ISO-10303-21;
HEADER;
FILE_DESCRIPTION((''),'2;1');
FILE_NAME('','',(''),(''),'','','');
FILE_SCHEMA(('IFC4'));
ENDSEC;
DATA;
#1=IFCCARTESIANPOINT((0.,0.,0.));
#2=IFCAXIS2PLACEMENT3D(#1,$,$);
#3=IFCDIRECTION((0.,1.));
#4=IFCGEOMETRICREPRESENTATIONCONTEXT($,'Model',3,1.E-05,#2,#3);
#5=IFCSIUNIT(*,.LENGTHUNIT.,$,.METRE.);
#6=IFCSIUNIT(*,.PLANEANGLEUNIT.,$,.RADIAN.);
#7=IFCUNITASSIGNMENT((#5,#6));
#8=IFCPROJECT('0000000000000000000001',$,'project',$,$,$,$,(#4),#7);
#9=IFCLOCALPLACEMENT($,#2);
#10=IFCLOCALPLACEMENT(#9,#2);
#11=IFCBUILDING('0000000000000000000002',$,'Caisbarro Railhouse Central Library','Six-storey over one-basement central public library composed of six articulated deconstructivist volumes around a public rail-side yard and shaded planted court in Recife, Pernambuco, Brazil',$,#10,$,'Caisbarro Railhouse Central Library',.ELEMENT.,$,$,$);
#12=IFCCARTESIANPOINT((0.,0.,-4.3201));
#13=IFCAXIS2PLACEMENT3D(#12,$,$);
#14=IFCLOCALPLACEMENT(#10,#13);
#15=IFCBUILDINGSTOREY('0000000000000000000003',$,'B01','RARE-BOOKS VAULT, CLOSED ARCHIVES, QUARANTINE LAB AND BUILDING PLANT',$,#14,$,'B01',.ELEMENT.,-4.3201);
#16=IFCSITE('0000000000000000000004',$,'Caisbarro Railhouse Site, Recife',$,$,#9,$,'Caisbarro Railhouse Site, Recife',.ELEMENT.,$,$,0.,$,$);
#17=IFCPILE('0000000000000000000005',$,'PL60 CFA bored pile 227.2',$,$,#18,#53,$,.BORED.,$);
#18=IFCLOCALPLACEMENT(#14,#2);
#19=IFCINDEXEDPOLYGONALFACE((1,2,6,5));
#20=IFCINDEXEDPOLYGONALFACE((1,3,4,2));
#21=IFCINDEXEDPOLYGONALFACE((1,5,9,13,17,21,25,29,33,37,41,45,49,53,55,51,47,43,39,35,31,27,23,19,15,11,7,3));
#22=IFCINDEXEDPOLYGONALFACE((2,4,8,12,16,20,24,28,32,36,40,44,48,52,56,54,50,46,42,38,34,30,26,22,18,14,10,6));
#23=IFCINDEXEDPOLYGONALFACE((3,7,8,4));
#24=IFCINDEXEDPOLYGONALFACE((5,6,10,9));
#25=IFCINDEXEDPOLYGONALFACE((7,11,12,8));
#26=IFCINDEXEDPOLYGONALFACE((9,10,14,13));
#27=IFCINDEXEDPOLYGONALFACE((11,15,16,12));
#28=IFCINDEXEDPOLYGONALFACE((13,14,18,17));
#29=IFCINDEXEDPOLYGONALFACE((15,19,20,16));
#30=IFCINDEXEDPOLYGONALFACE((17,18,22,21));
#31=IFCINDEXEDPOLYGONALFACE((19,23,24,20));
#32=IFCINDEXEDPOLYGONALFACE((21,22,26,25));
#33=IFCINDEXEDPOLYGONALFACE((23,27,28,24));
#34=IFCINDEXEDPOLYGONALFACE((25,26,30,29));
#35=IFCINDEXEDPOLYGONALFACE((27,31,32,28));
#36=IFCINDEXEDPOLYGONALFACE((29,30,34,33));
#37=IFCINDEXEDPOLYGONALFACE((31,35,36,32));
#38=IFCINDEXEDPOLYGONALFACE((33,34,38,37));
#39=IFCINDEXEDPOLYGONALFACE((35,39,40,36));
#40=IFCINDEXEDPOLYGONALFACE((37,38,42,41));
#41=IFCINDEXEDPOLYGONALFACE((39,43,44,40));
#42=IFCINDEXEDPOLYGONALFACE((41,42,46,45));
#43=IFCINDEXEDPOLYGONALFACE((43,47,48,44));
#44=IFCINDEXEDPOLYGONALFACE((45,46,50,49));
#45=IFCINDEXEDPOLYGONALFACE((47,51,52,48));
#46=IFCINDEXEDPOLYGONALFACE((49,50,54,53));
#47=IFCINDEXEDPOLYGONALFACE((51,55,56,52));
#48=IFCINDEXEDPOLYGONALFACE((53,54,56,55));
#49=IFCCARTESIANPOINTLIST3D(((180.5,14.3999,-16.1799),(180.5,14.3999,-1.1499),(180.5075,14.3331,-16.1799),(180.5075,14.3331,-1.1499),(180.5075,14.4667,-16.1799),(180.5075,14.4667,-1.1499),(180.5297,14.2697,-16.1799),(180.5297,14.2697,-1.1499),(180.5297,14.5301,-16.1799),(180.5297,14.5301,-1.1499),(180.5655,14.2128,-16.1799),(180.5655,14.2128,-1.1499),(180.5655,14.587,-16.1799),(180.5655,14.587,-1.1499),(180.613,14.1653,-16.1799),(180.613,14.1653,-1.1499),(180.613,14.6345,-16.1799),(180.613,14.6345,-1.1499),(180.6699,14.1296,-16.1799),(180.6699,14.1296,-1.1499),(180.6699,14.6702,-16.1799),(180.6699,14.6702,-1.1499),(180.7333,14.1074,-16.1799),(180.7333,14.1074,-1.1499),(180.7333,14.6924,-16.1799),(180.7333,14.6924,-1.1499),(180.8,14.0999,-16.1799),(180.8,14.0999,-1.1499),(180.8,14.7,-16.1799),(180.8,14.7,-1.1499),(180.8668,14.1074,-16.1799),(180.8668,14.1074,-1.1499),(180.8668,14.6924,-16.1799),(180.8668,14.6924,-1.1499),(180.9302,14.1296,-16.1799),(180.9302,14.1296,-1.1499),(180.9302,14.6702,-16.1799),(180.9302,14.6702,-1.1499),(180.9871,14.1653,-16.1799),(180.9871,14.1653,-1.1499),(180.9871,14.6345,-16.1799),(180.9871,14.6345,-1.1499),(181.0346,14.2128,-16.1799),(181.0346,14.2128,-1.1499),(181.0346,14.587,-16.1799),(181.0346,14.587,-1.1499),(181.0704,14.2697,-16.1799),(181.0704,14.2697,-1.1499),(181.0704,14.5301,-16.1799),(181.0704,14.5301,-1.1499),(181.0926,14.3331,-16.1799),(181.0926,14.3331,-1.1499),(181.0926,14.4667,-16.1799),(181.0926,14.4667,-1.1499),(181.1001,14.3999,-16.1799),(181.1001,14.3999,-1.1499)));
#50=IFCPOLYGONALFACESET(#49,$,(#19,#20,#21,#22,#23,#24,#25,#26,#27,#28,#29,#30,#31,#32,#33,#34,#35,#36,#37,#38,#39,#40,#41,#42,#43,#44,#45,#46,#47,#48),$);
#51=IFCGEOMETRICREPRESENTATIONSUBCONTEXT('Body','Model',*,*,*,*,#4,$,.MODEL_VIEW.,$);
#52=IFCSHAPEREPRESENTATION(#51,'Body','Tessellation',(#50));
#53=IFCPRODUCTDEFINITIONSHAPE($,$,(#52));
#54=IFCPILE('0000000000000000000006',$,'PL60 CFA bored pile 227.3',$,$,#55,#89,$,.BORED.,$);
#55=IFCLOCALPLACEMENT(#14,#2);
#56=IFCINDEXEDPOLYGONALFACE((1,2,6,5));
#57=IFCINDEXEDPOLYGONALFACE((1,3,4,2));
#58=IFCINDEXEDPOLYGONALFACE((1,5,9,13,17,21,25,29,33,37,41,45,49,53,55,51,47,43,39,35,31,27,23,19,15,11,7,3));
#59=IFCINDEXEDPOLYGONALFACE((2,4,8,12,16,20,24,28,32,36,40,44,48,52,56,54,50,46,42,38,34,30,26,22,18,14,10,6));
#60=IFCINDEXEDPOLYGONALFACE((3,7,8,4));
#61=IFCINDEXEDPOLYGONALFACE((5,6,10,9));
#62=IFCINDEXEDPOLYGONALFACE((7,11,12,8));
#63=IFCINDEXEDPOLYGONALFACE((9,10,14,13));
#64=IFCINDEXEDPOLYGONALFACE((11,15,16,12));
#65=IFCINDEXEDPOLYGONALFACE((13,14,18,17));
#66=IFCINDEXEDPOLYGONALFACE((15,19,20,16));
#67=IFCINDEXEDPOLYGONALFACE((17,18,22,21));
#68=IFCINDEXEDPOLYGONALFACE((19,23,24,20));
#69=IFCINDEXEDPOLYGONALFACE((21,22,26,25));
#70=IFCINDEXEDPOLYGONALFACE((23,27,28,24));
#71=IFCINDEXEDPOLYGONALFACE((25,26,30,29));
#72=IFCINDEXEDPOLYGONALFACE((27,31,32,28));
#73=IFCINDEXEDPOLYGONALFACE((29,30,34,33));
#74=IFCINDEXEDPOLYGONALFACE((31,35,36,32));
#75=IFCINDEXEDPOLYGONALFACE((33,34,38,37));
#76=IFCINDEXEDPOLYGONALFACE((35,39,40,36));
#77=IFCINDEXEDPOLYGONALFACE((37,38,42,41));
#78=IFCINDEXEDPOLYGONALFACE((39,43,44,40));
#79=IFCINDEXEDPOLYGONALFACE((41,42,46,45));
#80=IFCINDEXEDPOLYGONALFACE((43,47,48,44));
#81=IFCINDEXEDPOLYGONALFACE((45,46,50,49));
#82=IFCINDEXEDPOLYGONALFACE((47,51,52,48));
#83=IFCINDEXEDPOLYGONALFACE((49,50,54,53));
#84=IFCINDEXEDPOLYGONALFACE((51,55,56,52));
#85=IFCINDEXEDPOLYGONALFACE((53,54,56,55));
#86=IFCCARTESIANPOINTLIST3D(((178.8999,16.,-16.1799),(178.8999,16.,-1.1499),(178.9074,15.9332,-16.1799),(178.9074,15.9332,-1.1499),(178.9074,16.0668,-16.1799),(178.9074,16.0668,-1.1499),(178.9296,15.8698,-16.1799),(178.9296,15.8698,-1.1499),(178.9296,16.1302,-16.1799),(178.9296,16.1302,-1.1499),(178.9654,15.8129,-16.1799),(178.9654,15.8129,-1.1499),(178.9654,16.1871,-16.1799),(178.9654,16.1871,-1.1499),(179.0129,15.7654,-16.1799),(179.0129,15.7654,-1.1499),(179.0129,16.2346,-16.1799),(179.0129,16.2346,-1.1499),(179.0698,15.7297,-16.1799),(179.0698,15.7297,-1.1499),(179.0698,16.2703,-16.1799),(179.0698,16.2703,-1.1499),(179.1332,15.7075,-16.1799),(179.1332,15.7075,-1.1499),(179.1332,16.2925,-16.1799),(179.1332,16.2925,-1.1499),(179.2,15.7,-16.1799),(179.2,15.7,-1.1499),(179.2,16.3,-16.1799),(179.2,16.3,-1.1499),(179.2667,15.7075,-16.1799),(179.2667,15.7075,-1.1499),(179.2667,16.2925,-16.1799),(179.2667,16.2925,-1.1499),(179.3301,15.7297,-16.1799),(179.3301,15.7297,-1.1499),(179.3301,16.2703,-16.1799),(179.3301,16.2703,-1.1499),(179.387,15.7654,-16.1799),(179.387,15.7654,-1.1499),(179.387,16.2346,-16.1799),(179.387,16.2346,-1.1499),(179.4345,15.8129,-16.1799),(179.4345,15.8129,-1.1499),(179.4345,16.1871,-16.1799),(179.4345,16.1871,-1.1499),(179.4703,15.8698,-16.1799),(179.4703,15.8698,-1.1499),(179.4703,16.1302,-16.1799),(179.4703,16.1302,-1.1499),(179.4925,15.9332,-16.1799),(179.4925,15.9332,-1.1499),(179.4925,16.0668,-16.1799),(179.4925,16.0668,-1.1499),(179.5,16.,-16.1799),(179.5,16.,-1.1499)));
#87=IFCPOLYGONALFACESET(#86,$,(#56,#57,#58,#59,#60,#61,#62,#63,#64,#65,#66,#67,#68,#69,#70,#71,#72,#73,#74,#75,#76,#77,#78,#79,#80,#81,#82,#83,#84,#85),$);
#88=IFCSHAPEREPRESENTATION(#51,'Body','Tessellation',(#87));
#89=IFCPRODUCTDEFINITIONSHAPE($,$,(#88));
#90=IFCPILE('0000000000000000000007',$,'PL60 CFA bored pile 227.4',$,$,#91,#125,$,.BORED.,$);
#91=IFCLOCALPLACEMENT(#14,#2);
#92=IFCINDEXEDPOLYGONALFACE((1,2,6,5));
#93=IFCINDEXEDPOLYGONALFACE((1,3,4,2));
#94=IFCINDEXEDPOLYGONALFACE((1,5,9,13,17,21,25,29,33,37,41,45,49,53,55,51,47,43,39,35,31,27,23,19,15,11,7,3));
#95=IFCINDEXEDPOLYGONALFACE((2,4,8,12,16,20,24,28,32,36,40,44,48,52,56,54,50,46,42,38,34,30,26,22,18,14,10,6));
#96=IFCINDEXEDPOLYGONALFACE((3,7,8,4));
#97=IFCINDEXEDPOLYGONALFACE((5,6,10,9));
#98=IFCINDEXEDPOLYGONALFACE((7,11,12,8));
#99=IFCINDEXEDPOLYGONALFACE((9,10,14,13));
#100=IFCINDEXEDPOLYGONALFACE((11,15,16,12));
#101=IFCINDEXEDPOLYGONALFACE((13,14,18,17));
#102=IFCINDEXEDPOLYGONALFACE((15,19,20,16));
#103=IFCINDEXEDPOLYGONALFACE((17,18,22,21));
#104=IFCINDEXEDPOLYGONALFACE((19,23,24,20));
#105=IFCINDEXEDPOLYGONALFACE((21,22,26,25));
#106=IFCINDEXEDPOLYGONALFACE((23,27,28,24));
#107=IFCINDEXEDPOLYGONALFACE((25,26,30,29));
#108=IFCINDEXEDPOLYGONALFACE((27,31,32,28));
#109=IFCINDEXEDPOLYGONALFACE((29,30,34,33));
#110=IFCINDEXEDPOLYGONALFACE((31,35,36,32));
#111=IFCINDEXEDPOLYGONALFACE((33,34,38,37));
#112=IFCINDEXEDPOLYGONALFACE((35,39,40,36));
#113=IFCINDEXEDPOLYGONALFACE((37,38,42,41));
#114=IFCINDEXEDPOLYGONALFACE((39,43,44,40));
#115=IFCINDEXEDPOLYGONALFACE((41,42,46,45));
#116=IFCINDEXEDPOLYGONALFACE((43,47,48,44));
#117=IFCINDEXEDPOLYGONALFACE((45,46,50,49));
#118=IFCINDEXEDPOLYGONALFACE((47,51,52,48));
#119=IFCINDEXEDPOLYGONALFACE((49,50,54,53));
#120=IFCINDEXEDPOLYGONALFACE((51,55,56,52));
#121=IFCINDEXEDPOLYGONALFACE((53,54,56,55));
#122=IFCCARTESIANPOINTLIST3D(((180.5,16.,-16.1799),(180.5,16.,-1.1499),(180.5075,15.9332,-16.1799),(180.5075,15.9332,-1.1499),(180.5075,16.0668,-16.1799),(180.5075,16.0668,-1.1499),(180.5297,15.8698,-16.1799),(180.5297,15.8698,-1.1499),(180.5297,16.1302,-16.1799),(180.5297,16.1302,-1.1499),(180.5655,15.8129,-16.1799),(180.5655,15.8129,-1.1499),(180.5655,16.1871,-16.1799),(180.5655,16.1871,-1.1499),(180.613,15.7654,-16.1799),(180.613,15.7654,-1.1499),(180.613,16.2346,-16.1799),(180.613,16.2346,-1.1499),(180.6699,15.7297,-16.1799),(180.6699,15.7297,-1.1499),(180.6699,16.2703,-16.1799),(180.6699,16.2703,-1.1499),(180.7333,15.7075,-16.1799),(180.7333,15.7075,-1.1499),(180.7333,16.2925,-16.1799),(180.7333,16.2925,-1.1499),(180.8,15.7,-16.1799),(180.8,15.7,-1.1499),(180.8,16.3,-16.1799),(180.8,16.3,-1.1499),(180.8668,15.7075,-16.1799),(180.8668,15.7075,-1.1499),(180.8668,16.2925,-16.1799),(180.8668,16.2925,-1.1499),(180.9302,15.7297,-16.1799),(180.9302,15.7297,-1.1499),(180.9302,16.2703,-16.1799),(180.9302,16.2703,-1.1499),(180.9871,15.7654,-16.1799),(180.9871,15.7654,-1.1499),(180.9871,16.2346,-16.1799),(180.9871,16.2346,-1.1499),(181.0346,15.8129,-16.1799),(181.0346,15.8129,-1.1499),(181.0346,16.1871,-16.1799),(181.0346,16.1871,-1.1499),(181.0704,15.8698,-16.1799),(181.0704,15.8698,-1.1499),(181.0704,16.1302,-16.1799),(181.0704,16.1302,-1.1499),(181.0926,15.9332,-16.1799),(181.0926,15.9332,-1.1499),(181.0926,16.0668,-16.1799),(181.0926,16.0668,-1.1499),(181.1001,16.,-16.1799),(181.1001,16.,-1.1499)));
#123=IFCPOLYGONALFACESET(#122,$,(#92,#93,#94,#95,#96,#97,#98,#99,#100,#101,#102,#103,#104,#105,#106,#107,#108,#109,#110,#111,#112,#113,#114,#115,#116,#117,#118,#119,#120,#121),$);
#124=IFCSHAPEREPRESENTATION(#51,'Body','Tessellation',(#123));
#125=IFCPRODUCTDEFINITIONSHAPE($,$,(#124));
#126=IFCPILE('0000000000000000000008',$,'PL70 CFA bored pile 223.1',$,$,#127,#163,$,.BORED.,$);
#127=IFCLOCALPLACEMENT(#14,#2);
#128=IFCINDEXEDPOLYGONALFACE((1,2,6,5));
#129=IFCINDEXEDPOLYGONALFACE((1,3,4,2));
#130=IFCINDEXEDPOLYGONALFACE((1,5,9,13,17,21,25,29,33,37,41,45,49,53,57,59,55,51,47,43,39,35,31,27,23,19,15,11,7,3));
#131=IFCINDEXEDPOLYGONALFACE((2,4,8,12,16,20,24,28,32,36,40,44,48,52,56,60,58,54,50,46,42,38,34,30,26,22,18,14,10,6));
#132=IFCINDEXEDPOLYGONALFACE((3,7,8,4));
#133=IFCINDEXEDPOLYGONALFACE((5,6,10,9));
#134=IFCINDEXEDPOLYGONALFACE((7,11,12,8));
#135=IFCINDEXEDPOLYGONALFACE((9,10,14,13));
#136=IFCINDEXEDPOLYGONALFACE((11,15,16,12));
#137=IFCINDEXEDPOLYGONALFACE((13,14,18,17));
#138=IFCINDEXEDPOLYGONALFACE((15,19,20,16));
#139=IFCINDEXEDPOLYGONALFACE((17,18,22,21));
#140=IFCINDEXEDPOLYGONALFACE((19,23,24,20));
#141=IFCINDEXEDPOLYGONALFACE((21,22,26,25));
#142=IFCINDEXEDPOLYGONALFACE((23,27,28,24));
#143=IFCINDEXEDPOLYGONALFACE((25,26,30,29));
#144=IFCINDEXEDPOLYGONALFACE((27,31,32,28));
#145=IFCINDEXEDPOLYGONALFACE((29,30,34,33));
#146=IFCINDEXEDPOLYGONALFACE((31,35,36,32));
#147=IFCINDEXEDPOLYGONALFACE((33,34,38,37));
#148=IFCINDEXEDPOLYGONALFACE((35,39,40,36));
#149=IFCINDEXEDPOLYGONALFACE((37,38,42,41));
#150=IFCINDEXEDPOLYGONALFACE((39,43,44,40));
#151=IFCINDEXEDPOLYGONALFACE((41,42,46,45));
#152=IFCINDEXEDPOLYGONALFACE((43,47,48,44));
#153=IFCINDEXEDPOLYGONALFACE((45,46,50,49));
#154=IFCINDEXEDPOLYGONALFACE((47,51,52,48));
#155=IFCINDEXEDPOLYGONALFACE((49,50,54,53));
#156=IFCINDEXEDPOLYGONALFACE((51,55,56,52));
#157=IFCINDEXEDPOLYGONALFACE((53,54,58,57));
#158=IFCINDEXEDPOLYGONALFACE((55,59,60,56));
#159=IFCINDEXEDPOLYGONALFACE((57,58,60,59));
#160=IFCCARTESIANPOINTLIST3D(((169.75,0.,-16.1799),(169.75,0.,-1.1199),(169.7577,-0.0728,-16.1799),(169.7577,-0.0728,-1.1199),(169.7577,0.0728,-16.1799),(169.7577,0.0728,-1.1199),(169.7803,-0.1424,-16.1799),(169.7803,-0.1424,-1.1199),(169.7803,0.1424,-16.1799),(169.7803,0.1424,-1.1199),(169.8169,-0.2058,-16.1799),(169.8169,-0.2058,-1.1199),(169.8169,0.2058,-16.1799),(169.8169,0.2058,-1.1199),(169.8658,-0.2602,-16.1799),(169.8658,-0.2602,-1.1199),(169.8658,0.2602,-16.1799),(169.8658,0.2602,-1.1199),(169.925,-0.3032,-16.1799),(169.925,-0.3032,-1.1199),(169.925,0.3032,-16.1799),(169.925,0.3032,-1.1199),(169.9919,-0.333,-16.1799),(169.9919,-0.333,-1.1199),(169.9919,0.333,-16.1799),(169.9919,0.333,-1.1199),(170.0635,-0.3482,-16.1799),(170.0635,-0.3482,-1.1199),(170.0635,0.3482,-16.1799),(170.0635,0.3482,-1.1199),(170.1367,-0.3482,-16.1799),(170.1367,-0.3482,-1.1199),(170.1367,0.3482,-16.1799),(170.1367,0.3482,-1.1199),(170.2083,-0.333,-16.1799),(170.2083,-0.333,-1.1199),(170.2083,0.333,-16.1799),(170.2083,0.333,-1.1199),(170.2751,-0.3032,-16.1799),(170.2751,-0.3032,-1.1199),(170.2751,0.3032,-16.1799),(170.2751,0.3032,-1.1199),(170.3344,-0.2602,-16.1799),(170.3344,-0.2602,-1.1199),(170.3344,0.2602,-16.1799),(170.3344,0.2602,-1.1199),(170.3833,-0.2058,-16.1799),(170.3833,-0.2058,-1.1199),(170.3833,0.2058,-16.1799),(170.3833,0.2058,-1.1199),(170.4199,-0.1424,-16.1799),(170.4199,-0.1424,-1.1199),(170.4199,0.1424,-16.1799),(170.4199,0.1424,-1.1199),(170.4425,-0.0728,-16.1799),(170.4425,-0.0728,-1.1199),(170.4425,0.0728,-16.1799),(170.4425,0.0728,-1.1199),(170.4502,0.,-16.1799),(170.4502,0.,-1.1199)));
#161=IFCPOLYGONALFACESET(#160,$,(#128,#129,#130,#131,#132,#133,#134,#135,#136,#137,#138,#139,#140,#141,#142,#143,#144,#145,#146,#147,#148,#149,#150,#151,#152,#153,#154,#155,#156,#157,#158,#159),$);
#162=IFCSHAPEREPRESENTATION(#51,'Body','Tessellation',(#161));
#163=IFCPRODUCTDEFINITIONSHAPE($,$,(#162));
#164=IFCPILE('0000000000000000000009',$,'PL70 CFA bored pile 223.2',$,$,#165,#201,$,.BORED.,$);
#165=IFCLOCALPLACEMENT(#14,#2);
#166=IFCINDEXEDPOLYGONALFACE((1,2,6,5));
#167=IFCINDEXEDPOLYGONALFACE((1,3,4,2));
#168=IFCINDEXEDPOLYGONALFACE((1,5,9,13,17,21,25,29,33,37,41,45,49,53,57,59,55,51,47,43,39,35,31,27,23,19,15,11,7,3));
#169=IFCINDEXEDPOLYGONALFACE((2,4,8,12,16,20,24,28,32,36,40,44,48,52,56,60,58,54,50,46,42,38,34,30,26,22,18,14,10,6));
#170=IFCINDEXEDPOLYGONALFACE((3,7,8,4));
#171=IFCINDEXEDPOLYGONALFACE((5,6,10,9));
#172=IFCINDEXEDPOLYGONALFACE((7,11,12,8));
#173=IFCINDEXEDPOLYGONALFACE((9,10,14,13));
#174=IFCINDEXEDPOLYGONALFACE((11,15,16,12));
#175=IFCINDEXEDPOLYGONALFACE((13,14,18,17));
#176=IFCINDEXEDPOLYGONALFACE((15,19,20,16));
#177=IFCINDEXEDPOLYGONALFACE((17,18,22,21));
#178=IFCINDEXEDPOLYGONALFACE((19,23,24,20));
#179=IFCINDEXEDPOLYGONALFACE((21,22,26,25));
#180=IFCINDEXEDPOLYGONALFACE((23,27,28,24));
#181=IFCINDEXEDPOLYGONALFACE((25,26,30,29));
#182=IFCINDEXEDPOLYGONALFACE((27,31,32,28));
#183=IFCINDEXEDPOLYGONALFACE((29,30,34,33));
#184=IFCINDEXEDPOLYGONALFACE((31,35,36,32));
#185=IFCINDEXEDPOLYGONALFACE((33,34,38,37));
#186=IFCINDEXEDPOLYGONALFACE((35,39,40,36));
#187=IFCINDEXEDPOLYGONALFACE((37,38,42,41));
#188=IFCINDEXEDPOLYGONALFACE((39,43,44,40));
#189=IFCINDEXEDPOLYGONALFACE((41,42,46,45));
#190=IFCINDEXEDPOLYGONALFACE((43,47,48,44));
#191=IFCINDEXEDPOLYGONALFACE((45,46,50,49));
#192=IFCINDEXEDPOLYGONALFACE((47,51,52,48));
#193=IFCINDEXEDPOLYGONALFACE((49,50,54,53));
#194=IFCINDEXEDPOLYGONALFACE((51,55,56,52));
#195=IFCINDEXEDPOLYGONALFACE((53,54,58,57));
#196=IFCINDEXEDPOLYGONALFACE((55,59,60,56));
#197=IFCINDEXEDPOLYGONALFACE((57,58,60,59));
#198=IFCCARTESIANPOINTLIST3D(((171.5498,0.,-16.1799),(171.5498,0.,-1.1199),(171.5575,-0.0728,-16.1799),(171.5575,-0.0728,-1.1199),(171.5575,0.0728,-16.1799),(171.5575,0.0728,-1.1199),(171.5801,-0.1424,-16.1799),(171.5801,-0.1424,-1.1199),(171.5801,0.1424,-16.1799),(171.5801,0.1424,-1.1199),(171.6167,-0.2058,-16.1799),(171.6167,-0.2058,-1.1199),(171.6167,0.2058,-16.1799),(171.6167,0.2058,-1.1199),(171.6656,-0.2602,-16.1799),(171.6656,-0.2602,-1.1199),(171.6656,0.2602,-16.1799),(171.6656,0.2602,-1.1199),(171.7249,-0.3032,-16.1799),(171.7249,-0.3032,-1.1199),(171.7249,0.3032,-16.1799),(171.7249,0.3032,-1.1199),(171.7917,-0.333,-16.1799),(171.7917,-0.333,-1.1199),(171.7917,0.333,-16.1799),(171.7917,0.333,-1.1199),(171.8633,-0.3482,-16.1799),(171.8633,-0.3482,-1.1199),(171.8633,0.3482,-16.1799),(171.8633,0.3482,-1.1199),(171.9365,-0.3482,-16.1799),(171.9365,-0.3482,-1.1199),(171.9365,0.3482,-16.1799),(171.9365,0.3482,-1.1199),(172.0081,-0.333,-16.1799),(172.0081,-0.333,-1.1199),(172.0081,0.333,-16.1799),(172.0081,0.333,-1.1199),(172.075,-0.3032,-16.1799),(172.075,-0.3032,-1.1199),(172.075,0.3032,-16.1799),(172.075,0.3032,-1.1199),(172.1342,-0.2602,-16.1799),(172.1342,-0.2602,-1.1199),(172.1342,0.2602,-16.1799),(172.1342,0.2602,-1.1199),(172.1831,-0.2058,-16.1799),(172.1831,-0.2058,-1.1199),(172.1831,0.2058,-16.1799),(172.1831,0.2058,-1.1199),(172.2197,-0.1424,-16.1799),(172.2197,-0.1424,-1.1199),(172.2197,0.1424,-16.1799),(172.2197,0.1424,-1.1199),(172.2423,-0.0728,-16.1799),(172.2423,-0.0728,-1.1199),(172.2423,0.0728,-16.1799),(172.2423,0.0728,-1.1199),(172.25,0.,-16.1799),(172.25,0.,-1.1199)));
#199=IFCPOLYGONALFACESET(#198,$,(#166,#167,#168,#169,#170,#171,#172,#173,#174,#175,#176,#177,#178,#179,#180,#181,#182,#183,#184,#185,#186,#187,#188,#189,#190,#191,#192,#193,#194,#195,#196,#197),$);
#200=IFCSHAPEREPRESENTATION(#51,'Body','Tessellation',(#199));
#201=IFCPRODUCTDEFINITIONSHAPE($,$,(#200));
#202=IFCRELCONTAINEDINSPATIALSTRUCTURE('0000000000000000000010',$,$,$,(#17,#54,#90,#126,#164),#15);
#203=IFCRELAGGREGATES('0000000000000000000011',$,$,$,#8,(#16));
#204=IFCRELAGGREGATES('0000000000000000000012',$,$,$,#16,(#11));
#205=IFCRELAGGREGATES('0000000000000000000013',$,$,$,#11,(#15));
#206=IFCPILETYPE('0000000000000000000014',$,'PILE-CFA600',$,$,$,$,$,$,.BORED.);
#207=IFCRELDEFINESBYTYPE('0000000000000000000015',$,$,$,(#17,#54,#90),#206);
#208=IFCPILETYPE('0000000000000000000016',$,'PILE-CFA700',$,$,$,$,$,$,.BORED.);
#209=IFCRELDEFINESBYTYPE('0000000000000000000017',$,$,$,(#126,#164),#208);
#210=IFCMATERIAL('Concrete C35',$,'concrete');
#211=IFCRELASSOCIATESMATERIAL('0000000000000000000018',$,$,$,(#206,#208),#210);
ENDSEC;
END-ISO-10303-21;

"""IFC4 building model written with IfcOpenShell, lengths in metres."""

from ifc_helpers import new_model, si_unit, direction, frame, origin, origin_2d, place, context, subcontext, project, spatial, circle, extrude, material, material_profile, profile_set, type_object, element, save


model = new_model("IFC4")

# Units and contexts
model_context = context("Model", 3, precision=1e-05, world=origin(), true_north=direction((0.0, 1.0)))
body_context = subcontext(model_context, "Body", "Model", "MODEL_VIEW")
ifc_project = project(units=[si_unit("LENGTHUNIT", "METRE"), si_unit("PLANEANGLEUNIT", "RADIAN")], contexts=[model_context])

# Site, building, storey
site_placement = place(None, origin())
site = spatial("IfcSite", under=ifc_project, at=site_placement, Name="Caisbarro Railhouse Site, Recife", LongName="Caisbarro Railhouse Site, Recife", CompositionType="ELEMENT", RefElevation=0.0)
building_placement = place(site_placement, origin())
building = spatial("IfcBuilding", under=site, at=building_placement, Name="Caisbarro Railhouse Central Library", Description="Six-storey over one-basement central public library composed of six articulated deconstructivist volumes around a public rail-side yard and shaded planted court in Recife, Pernambuco, Brazil", LongName="Caisbarro Railhouse Central Library", CompositionType="ELEMENT")
storey_placement = place(building_placement, frame((0.0, 0.0, -4.3201)))
storey = spatial("IfcBuildingStorey", under=building, at=storey_placement, Name="B01", Description="RARE-BOOKS VAULT, CLOSED ARCHIVES, QUARANTINE LAB AND BUILDING PLANT", LongName="B01", CompositionType="ELEMENT", Elevation=-4.3201)

# Shared definitions
ifc_material_1 = material(Name="Concrete C35", Category="concrete")

# Piles
ifc_material_profile_1 = material_profile(ifc_material_1, circle(Radius=0.3, at=origin_2d()), Name="PILE-CFA-600")
ifc_profile_set_1 = profile_set([ifc_material_profile_1], Name="Concrete C35")
pile_type_1 = type_object("IfcPileType", Name="PILE-CFA600", PredefinedType="BORED", material=ifc_profile_set_1)
for number, where, z_axis, x_axis, name in (
    (1, (180.8, 14.3999, -1.1499), (0.0, 0.0, -1.0), (1.0, 0.0, 0.0), "PL60 CFA bored pile 227.2"),
    (2, (179.2, 16.0, -1.1499), (0.0, 0.0, -1.0), (1.0, 0.0, 0.0), "PL60 CFA bored pile 227.3"),
    (3, (180.8, 16.0, -1.1499), (0.0, 0.0, -1.0), (1.0, 0.0, 0.0), "PL60 CFA bored pile 227.4"),
):
    element("IfcPile", number, at=place(storey_placement, frame(where, z_axis=z_axis, x_axis=x_axis)), inside=storey, type_object=pile_type_1, Name=name, PredefinedType="BORED", context=body_context, shape_type="SweptSolid", body=[
        extrude(circle(Radius=0.3, at=origin_2d()), origin(), (0.0, 0.0, 1.0), 15.03),
    ])
ifc_material_profile_2 = material_profile(ifc_material_1, circle(Radius=0.3501, at=origin_2d()), Name="PILE-CFA-700")
ifc_profile_set_2 = profile_set([ifc_material_profile_2], Name="Concrete C35")
pile_type_2 = type_object("IfcPileType", Name="PILE-CFA700", PredefinedType="BORED", material=ifc_profile_set_2)
for number, where, z_axis, x_axis, name in (
    (4, (170.1001, 0.0, -1.1199), (0.0, 0.0, -1.0), (1.0, 0.0, 0.0), "PL70 CFA bored pile 223.1"),
    (5, (171.8999, 0.0, -1.1199), (0.0, 0.0, -1.0), (1.0, 0.0, 0.0), "PL70 CFA bored pile 223.2"),
):
    element("IfcPile", number, at=place(storey_placement, frame(where, z_axis=z_axis, x_axis=x_axis)), inside=storey, type_object=pile_type_2, Name=name, PredefinedType="BORED", context=body_context, shape_type="SweptSolid", body=[
        extrude(circle(Radius=0.3501, at=origin_2d()), origin(), (0.0, 0.0, 1.0), 15.0601),
    ])

save(model, "model.ifc")
